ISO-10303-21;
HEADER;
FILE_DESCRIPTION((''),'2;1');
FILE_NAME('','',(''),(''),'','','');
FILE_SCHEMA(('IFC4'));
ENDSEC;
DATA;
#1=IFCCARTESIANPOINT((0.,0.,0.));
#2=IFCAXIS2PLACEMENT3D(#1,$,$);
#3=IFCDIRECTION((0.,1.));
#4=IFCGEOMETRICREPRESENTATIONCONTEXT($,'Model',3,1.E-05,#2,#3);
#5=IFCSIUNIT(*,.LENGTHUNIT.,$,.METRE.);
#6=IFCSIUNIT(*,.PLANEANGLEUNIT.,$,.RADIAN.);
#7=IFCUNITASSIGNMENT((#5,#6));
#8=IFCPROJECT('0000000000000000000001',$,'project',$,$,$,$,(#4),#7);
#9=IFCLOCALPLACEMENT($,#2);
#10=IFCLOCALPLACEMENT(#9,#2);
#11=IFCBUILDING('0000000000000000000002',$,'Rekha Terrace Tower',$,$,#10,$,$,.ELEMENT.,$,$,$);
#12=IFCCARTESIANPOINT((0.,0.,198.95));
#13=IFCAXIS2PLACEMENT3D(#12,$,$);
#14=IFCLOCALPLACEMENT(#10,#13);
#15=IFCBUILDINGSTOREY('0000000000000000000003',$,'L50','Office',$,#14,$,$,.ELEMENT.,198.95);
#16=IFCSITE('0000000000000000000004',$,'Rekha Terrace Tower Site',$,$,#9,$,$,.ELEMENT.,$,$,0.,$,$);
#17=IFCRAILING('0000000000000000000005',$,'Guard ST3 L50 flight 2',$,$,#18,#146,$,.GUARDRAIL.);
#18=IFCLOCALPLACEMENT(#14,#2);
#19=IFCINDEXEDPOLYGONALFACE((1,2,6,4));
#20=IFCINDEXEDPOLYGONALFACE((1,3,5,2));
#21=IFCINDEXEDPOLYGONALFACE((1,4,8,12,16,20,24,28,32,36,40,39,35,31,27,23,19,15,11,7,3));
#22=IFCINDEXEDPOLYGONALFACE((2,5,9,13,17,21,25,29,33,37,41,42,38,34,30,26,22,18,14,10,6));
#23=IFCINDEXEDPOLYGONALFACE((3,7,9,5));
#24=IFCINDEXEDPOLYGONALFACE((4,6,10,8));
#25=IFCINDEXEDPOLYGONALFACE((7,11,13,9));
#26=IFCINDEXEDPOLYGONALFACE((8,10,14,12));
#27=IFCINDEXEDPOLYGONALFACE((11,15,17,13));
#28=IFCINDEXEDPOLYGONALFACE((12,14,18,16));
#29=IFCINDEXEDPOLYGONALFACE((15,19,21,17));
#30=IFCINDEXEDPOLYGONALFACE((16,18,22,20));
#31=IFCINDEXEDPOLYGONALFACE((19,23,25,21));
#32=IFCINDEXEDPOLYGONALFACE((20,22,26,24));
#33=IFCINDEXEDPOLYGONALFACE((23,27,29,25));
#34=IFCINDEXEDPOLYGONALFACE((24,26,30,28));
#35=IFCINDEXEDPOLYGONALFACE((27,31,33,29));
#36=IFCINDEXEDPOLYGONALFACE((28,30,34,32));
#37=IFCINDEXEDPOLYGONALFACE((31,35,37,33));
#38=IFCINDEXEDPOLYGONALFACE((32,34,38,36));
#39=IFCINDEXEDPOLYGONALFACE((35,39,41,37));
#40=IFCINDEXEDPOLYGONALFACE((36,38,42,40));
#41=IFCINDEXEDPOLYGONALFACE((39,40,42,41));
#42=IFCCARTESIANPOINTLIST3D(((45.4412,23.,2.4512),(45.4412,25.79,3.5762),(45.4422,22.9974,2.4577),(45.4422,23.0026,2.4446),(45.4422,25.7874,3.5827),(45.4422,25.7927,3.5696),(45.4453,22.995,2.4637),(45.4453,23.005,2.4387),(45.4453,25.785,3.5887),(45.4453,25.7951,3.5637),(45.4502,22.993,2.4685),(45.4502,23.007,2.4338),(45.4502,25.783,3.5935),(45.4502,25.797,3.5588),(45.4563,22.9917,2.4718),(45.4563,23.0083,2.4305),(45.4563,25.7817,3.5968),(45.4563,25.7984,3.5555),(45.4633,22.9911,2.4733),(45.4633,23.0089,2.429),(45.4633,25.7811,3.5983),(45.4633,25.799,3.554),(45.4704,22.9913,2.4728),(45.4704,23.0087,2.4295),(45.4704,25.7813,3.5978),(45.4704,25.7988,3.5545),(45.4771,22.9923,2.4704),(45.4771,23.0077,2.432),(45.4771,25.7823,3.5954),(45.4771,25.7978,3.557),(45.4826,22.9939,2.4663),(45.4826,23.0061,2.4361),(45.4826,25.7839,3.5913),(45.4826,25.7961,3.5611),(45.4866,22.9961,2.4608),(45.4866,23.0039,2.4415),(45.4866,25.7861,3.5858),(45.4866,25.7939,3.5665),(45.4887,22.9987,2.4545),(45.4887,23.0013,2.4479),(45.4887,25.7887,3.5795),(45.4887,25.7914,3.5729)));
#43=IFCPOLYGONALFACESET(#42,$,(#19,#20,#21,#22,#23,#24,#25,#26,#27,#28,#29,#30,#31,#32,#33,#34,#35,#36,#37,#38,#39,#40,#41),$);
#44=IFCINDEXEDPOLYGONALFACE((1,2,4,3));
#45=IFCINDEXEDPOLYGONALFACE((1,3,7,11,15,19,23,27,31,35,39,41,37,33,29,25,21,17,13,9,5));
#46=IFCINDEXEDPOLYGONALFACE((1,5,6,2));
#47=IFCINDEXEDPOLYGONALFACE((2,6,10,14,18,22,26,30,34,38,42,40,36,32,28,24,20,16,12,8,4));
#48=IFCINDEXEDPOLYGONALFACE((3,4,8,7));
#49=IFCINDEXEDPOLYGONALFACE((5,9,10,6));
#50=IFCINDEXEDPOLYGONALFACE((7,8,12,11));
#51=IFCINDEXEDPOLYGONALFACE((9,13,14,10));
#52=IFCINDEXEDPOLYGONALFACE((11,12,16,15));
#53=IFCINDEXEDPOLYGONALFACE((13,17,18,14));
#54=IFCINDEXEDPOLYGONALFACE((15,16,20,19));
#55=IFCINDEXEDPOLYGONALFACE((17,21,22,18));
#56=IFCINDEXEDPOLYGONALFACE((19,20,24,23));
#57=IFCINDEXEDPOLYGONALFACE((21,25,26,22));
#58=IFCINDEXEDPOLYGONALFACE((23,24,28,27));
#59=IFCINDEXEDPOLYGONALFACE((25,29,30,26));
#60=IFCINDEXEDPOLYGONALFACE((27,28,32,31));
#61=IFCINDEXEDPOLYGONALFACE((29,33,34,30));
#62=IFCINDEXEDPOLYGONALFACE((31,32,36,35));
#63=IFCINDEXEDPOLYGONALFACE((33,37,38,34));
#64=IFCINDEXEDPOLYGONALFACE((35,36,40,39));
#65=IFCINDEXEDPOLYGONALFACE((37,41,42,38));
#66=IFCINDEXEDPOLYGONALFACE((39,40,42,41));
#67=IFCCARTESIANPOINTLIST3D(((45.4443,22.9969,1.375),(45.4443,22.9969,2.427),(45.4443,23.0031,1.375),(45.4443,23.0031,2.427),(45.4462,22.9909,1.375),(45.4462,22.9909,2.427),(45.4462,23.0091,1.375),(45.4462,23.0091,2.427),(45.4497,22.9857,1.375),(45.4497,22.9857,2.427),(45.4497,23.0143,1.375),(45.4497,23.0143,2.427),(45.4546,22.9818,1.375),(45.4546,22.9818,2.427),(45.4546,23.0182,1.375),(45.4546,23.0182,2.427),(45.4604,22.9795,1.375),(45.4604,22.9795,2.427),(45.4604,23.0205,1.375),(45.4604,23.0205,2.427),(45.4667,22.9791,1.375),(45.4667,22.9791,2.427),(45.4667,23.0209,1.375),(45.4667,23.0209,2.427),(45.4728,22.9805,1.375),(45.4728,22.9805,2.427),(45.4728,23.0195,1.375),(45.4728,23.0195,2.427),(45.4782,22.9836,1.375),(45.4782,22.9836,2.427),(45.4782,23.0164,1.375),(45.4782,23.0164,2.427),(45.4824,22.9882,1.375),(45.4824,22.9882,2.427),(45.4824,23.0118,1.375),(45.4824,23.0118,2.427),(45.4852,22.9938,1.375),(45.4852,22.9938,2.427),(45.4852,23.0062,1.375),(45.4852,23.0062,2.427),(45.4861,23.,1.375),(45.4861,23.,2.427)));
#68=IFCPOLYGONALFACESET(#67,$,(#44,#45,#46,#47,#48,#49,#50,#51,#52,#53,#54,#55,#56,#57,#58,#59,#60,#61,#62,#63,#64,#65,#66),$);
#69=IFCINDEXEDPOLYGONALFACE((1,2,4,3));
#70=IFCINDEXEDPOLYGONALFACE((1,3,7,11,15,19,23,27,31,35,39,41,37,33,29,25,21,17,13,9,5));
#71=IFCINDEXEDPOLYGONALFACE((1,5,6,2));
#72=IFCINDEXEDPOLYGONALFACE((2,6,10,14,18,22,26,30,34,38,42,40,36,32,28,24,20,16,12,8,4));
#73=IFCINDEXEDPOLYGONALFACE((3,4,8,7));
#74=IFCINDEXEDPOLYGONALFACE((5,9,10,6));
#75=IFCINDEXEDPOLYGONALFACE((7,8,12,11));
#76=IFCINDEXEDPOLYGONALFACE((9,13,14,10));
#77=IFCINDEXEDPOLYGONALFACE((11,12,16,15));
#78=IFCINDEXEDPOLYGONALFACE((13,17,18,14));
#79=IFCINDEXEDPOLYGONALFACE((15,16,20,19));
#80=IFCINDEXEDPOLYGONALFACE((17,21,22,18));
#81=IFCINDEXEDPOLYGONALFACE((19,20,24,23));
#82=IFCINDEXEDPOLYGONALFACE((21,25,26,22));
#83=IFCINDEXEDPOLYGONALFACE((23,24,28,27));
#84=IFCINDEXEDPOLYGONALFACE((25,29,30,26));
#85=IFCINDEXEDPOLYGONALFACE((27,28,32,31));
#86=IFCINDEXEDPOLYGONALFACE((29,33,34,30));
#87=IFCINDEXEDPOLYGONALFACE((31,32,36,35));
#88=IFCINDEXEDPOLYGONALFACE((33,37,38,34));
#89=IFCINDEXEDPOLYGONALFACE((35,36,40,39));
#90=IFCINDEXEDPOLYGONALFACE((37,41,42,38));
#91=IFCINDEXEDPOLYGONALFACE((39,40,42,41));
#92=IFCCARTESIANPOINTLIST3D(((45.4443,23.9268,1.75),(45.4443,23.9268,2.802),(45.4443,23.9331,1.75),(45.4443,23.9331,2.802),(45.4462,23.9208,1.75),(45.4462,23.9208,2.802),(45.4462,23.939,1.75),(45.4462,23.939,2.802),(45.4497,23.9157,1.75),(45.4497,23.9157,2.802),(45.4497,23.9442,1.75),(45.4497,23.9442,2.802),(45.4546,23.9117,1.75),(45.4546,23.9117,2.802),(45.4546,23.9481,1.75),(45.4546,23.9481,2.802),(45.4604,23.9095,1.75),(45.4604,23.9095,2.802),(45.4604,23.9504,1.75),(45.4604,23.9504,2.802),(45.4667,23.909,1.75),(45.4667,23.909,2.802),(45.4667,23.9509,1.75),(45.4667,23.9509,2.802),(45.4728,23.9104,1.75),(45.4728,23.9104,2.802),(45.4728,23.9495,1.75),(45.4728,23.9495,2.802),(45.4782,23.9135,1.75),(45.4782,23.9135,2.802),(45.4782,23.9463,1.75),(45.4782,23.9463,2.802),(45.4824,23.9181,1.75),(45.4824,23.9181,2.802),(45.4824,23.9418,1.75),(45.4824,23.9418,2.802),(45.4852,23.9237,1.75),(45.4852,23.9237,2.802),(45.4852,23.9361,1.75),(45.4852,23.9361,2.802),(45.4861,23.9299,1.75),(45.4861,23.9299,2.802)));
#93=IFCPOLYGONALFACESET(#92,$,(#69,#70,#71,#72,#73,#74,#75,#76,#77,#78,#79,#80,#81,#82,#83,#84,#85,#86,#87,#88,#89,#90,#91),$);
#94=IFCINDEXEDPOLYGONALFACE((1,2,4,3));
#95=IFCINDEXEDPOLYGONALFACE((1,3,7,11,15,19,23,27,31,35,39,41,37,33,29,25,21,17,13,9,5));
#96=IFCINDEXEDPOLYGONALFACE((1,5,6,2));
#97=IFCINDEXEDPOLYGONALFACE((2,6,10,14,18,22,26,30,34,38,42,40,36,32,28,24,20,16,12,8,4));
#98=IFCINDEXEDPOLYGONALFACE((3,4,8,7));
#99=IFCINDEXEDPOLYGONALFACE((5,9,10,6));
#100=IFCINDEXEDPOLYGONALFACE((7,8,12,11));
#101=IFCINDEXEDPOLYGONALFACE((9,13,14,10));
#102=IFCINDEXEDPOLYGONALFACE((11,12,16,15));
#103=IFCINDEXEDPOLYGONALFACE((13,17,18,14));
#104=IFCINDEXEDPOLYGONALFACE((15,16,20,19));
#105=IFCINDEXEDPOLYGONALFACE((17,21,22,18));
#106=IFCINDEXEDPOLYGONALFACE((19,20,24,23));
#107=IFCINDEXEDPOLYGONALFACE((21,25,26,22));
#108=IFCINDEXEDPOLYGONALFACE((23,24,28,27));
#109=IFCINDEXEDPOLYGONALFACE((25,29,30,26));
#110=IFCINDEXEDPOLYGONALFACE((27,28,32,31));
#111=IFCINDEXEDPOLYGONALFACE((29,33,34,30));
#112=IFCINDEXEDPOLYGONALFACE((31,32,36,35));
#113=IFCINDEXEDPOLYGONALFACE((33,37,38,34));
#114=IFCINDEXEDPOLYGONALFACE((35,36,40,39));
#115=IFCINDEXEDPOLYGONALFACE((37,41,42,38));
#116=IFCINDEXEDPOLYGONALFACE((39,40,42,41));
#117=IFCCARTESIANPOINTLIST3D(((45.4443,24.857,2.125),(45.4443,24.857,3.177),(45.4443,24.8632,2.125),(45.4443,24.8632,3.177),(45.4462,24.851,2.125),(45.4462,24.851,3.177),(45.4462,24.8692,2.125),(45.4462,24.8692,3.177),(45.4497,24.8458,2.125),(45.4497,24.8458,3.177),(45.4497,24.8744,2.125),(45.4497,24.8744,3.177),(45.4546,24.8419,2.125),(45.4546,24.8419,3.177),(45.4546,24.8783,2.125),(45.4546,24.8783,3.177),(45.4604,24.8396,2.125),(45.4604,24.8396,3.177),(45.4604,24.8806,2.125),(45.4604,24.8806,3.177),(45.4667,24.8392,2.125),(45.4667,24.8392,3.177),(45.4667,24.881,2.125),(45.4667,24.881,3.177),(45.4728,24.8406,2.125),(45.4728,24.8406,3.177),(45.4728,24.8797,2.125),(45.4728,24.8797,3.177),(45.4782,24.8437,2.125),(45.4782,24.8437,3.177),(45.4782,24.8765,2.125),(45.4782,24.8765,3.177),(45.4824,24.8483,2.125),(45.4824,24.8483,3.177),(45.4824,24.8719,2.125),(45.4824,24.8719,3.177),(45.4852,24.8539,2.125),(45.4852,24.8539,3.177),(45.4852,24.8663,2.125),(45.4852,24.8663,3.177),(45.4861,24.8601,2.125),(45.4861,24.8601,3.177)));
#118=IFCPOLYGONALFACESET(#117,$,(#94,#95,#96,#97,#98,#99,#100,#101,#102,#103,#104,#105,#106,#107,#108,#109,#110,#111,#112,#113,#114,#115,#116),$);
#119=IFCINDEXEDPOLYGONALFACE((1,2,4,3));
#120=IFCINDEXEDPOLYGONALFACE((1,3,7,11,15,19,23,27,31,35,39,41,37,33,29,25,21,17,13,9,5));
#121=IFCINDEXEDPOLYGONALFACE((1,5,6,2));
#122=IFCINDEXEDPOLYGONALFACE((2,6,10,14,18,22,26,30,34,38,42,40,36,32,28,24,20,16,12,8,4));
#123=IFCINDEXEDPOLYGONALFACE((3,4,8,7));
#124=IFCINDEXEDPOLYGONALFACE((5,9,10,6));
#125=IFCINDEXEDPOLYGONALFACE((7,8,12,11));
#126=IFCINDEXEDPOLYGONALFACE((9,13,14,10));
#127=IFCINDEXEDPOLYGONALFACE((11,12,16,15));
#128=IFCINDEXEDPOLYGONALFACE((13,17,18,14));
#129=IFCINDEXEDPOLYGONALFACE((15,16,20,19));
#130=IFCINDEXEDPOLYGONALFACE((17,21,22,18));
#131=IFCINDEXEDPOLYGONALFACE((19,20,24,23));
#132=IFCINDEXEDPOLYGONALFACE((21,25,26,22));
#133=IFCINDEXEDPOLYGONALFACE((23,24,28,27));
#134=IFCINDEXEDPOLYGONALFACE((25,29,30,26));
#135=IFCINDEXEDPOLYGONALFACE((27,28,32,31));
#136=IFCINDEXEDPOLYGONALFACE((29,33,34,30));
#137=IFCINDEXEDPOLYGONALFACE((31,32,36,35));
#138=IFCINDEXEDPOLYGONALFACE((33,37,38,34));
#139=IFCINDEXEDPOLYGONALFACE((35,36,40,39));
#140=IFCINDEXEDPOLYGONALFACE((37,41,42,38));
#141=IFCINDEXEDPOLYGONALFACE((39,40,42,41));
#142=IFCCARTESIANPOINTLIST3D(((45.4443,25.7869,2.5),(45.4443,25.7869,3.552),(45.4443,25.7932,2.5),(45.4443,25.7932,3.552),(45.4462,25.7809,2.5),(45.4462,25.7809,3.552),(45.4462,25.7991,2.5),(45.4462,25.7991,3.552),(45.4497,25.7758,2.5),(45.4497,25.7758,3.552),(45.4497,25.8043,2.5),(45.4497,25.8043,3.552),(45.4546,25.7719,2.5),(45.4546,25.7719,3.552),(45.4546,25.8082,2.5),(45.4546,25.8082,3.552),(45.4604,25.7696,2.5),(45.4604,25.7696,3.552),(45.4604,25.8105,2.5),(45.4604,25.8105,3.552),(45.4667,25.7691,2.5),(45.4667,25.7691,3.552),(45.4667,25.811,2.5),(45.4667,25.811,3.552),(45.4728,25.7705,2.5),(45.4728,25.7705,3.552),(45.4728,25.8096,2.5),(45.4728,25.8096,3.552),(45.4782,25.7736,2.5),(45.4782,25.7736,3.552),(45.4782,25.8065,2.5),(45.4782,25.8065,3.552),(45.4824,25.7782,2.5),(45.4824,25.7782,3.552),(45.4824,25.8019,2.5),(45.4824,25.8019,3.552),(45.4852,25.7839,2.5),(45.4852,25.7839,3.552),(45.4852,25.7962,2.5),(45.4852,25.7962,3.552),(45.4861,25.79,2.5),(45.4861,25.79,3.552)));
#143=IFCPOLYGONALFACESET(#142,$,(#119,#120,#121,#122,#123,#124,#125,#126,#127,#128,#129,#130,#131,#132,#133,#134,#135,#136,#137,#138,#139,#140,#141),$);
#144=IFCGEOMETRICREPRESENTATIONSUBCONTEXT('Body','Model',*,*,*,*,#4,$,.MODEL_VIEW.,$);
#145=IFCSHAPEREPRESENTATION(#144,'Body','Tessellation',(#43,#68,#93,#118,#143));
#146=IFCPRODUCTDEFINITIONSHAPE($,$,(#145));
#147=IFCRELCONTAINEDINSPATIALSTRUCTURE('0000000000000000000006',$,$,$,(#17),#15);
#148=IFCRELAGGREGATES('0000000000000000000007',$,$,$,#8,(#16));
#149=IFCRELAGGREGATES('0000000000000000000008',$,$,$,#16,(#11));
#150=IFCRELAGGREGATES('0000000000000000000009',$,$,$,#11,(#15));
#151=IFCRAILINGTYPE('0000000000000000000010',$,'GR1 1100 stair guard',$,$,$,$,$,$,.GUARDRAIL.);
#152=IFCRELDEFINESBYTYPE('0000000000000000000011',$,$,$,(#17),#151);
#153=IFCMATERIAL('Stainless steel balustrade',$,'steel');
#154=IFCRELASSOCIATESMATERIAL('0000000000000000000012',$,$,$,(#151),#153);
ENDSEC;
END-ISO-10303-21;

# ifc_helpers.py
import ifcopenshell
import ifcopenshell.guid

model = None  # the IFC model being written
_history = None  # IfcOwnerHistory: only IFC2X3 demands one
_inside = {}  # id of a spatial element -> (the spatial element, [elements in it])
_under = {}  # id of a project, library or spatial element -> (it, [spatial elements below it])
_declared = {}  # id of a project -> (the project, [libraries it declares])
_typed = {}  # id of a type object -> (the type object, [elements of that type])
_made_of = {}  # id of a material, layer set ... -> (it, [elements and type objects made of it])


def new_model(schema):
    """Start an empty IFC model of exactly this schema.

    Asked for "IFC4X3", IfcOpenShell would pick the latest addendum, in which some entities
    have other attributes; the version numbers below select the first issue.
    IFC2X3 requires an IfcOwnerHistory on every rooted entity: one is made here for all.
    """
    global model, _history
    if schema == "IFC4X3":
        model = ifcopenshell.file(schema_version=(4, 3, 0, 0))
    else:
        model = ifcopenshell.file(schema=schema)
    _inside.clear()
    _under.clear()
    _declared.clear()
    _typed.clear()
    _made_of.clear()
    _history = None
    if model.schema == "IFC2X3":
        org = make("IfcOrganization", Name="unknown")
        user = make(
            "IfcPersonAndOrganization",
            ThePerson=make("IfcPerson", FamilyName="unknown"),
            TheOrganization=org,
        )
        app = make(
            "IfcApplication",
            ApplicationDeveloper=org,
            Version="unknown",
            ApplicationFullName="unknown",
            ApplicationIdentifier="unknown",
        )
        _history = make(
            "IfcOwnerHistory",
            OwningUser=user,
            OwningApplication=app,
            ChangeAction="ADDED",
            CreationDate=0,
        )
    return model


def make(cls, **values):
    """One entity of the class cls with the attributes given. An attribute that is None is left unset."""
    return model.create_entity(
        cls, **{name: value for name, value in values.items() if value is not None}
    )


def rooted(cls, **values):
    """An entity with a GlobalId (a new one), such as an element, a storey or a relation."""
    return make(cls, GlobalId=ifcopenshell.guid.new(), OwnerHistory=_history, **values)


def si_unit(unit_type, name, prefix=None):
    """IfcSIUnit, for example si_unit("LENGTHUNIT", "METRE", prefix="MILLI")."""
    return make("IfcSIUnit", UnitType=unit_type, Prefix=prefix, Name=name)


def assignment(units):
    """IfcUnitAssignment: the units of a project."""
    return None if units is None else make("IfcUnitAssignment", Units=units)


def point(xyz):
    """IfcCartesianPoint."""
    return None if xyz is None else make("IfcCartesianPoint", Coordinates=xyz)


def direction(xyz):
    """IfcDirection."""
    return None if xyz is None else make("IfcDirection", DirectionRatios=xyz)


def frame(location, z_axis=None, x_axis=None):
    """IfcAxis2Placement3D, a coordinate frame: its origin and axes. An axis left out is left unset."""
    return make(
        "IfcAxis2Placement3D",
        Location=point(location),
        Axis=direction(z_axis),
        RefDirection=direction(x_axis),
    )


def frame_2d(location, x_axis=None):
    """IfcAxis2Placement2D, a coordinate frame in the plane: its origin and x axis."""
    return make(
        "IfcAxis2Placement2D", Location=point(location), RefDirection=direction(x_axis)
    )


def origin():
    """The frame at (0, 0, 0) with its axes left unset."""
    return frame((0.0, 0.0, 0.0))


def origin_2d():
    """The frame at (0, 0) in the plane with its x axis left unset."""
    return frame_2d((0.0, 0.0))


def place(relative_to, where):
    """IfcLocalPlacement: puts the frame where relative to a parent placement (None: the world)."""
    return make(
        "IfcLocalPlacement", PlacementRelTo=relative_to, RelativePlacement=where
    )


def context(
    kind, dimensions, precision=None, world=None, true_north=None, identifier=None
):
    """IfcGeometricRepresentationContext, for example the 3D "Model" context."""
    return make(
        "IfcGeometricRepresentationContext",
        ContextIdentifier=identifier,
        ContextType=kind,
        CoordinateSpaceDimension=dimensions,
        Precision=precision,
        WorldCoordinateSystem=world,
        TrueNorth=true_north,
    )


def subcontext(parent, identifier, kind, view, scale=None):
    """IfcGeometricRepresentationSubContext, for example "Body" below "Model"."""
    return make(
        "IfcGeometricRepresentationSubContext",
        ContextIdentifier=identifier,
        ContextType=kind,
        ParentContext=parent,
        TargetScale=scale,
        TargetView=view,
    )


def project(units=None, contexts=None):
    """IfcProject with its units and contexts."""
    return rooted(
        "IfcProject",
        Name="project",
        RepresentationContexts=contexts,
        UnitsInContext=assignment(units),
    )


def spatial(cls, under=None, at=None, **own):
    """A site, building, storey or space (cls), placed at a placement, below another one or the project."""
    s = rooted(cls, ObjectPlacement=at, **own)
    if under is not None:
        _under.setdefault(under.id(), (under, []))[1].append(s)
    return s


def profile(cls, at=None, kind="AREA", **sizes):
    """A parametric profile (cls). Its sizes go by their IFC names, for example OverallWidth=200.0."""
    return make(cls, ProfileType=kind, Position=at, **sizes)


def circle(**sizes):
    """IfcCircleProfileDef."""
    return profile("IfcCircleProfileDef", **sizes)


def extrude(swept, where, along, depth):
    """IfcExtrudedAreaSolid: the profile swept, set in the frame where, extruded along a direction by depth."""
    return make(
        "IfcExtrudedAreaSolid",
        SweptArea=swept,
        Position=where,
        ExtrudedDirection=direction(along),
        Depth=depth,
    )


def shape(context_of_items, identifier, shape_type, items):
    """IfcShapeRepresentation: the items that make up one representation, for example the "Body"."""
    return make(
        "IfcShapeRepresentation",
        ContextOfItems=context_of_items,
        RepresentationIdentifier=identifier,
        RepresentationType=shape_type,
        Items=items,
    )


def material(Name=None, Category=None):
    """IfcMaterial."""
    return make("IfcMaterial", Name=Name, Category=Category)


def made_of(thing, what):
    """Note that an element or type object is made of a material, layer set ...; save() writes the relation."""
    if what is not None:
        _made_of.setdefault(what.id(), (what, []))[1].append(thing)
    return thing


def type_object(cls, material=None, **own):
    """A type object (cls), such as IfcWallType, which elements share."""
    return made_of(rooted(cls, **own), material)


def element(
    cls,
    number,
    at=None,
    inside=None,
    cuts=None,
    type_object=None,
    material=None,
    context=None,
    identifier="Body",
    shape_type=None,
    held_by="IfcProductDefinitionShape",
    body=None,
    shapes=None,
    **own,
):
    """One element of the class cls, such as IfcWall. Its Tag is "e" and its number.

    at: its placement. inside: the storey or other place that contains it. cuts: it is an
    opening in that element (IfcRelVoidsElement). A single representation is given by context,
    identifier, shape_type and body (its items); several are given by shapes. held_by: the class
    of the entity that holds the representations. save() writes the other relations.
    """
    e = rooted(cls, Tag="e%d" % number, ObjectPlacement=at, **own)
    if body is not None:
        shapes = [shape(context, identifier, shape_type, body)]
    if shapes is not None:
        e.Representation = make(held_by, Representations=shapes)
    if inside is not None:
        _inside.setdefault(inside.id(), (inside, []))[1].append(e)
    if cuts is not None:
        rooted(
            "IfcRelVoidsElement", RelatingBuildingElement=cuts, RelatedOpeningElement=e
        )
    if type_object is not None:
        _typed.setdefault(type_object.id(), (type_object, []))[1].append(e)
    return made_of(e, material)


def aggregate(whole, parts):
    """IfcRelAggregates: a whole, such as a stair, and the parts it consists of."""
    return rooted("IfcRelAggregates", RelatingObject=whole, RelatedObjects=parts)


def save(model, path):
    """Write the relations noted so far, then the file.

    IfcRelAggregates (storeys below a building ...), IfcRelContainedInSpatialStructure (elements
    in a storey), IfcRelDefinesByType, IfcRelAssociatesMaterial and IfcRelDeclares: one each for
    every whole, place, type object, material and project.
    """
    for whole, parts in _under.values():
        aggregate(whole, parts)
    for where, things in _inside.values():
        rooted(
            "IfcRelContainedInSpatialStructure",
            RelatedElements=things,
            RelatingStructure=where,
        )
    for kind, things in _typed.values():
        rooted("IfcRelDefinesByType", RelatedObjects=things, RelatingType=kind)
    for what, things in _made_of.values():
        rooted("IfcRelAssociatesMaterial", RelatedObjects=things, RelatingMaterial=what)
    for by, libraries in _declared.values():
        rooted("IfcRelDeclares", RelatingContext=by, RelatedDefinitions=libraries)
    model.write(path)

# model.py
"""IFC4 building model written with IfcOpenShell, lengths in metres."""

from ifc_helpers import new_model, si_unit, direction, frame, origin, origin_2d, place, context, subcontext, project, spatial, circle, extrude, material, type_object, element, save


model = new_model("IFC4")

# Units and contexts
model_context = context("Model", 3, precision=1e-05, world=origin(), true_north=direction((0.0, 1.0)))
body_context = subcontext(model_context, "Body", "Model", "MODEL_VIEW")
ifc_project = project(units=[si_unit("LENGTHUNIT", "METRE"), si_unit("PLANEANGLEUNIT", "RADIAN")], contexts=[model_context])

# Site, building, storey
site_placement = place(None, origin())
site = spatial("IfcSite", under=ifc_project, at=site_placement, Name="Rekha Terrace Tower Site", CompositionType="ELEMENT", RefElevation=0.0)
building_placement = place(site_placement, origin())
building = spatial("IfcBuilding", under=site, at=building_placement, Name="Rekha Terrace Tower", CompositionType="ELEMENT")
storey_placement = place(building_placement, frame((0.0, 0.0, 198.95)))
storey = spatial("IfcBuildingStorey", under=building, at=storey_placement, Name="L50", Description="Office", CompositionType="ELEMENT", Elevation=198.95)

# Railing
ifc_material_1 = material(Name="Stainless steel balustrade", Category="steel")
railing_type_1 = type_object("IfcRailingType", Name="GR1 1100 stair guard", PredefinedType="GUARDRAIL", material=ifc_material_1)
railing_1_placement = place(storey_placement, frame((45.4651, 23.0, 1.375)))
element("IfcRailing", 1, at=railing_1_placement, inside=storey, type_object=railing_type_1, Name="Guard ST3 L50 flight 2", PredefinedType="GUARDRAIL", context=body_context, shape_type="SweptSolid", body=[
    extrude(circle(Radius=0.0239, at=origin_2d()), frame((0.0, 0.0, 1.0762), z_axis=(0.0, 0.927443, 0.373964), x_axis=(-1.0, 0.0, 0.0)), (0.0, 0.0, 1.0), 3.0083),
    extrude(circle(Radius=0.021, at=origin_2d()), origin(), (0.0, 0.0, 1.0), 1.052),
    extrude(circle(Radius=0.021, at=origin_2d()), frame((0.0, 0.9299, 0.375)), (0.0, 0.0, 1.0), 1.052),
    extrude(circle(Radius=0.021, at=origin_2d()), frame((0.0, 1.8601, 0.75)), (0.0, 0.0, 1.0), 1.052),
    extrude(circle(Radius=0.021, at=origin_2d()), frame((0.0, 2.79, 1.125)), (0.0, 0.0, 1.0), 1.052),
])

save(model, "model.ifc")
